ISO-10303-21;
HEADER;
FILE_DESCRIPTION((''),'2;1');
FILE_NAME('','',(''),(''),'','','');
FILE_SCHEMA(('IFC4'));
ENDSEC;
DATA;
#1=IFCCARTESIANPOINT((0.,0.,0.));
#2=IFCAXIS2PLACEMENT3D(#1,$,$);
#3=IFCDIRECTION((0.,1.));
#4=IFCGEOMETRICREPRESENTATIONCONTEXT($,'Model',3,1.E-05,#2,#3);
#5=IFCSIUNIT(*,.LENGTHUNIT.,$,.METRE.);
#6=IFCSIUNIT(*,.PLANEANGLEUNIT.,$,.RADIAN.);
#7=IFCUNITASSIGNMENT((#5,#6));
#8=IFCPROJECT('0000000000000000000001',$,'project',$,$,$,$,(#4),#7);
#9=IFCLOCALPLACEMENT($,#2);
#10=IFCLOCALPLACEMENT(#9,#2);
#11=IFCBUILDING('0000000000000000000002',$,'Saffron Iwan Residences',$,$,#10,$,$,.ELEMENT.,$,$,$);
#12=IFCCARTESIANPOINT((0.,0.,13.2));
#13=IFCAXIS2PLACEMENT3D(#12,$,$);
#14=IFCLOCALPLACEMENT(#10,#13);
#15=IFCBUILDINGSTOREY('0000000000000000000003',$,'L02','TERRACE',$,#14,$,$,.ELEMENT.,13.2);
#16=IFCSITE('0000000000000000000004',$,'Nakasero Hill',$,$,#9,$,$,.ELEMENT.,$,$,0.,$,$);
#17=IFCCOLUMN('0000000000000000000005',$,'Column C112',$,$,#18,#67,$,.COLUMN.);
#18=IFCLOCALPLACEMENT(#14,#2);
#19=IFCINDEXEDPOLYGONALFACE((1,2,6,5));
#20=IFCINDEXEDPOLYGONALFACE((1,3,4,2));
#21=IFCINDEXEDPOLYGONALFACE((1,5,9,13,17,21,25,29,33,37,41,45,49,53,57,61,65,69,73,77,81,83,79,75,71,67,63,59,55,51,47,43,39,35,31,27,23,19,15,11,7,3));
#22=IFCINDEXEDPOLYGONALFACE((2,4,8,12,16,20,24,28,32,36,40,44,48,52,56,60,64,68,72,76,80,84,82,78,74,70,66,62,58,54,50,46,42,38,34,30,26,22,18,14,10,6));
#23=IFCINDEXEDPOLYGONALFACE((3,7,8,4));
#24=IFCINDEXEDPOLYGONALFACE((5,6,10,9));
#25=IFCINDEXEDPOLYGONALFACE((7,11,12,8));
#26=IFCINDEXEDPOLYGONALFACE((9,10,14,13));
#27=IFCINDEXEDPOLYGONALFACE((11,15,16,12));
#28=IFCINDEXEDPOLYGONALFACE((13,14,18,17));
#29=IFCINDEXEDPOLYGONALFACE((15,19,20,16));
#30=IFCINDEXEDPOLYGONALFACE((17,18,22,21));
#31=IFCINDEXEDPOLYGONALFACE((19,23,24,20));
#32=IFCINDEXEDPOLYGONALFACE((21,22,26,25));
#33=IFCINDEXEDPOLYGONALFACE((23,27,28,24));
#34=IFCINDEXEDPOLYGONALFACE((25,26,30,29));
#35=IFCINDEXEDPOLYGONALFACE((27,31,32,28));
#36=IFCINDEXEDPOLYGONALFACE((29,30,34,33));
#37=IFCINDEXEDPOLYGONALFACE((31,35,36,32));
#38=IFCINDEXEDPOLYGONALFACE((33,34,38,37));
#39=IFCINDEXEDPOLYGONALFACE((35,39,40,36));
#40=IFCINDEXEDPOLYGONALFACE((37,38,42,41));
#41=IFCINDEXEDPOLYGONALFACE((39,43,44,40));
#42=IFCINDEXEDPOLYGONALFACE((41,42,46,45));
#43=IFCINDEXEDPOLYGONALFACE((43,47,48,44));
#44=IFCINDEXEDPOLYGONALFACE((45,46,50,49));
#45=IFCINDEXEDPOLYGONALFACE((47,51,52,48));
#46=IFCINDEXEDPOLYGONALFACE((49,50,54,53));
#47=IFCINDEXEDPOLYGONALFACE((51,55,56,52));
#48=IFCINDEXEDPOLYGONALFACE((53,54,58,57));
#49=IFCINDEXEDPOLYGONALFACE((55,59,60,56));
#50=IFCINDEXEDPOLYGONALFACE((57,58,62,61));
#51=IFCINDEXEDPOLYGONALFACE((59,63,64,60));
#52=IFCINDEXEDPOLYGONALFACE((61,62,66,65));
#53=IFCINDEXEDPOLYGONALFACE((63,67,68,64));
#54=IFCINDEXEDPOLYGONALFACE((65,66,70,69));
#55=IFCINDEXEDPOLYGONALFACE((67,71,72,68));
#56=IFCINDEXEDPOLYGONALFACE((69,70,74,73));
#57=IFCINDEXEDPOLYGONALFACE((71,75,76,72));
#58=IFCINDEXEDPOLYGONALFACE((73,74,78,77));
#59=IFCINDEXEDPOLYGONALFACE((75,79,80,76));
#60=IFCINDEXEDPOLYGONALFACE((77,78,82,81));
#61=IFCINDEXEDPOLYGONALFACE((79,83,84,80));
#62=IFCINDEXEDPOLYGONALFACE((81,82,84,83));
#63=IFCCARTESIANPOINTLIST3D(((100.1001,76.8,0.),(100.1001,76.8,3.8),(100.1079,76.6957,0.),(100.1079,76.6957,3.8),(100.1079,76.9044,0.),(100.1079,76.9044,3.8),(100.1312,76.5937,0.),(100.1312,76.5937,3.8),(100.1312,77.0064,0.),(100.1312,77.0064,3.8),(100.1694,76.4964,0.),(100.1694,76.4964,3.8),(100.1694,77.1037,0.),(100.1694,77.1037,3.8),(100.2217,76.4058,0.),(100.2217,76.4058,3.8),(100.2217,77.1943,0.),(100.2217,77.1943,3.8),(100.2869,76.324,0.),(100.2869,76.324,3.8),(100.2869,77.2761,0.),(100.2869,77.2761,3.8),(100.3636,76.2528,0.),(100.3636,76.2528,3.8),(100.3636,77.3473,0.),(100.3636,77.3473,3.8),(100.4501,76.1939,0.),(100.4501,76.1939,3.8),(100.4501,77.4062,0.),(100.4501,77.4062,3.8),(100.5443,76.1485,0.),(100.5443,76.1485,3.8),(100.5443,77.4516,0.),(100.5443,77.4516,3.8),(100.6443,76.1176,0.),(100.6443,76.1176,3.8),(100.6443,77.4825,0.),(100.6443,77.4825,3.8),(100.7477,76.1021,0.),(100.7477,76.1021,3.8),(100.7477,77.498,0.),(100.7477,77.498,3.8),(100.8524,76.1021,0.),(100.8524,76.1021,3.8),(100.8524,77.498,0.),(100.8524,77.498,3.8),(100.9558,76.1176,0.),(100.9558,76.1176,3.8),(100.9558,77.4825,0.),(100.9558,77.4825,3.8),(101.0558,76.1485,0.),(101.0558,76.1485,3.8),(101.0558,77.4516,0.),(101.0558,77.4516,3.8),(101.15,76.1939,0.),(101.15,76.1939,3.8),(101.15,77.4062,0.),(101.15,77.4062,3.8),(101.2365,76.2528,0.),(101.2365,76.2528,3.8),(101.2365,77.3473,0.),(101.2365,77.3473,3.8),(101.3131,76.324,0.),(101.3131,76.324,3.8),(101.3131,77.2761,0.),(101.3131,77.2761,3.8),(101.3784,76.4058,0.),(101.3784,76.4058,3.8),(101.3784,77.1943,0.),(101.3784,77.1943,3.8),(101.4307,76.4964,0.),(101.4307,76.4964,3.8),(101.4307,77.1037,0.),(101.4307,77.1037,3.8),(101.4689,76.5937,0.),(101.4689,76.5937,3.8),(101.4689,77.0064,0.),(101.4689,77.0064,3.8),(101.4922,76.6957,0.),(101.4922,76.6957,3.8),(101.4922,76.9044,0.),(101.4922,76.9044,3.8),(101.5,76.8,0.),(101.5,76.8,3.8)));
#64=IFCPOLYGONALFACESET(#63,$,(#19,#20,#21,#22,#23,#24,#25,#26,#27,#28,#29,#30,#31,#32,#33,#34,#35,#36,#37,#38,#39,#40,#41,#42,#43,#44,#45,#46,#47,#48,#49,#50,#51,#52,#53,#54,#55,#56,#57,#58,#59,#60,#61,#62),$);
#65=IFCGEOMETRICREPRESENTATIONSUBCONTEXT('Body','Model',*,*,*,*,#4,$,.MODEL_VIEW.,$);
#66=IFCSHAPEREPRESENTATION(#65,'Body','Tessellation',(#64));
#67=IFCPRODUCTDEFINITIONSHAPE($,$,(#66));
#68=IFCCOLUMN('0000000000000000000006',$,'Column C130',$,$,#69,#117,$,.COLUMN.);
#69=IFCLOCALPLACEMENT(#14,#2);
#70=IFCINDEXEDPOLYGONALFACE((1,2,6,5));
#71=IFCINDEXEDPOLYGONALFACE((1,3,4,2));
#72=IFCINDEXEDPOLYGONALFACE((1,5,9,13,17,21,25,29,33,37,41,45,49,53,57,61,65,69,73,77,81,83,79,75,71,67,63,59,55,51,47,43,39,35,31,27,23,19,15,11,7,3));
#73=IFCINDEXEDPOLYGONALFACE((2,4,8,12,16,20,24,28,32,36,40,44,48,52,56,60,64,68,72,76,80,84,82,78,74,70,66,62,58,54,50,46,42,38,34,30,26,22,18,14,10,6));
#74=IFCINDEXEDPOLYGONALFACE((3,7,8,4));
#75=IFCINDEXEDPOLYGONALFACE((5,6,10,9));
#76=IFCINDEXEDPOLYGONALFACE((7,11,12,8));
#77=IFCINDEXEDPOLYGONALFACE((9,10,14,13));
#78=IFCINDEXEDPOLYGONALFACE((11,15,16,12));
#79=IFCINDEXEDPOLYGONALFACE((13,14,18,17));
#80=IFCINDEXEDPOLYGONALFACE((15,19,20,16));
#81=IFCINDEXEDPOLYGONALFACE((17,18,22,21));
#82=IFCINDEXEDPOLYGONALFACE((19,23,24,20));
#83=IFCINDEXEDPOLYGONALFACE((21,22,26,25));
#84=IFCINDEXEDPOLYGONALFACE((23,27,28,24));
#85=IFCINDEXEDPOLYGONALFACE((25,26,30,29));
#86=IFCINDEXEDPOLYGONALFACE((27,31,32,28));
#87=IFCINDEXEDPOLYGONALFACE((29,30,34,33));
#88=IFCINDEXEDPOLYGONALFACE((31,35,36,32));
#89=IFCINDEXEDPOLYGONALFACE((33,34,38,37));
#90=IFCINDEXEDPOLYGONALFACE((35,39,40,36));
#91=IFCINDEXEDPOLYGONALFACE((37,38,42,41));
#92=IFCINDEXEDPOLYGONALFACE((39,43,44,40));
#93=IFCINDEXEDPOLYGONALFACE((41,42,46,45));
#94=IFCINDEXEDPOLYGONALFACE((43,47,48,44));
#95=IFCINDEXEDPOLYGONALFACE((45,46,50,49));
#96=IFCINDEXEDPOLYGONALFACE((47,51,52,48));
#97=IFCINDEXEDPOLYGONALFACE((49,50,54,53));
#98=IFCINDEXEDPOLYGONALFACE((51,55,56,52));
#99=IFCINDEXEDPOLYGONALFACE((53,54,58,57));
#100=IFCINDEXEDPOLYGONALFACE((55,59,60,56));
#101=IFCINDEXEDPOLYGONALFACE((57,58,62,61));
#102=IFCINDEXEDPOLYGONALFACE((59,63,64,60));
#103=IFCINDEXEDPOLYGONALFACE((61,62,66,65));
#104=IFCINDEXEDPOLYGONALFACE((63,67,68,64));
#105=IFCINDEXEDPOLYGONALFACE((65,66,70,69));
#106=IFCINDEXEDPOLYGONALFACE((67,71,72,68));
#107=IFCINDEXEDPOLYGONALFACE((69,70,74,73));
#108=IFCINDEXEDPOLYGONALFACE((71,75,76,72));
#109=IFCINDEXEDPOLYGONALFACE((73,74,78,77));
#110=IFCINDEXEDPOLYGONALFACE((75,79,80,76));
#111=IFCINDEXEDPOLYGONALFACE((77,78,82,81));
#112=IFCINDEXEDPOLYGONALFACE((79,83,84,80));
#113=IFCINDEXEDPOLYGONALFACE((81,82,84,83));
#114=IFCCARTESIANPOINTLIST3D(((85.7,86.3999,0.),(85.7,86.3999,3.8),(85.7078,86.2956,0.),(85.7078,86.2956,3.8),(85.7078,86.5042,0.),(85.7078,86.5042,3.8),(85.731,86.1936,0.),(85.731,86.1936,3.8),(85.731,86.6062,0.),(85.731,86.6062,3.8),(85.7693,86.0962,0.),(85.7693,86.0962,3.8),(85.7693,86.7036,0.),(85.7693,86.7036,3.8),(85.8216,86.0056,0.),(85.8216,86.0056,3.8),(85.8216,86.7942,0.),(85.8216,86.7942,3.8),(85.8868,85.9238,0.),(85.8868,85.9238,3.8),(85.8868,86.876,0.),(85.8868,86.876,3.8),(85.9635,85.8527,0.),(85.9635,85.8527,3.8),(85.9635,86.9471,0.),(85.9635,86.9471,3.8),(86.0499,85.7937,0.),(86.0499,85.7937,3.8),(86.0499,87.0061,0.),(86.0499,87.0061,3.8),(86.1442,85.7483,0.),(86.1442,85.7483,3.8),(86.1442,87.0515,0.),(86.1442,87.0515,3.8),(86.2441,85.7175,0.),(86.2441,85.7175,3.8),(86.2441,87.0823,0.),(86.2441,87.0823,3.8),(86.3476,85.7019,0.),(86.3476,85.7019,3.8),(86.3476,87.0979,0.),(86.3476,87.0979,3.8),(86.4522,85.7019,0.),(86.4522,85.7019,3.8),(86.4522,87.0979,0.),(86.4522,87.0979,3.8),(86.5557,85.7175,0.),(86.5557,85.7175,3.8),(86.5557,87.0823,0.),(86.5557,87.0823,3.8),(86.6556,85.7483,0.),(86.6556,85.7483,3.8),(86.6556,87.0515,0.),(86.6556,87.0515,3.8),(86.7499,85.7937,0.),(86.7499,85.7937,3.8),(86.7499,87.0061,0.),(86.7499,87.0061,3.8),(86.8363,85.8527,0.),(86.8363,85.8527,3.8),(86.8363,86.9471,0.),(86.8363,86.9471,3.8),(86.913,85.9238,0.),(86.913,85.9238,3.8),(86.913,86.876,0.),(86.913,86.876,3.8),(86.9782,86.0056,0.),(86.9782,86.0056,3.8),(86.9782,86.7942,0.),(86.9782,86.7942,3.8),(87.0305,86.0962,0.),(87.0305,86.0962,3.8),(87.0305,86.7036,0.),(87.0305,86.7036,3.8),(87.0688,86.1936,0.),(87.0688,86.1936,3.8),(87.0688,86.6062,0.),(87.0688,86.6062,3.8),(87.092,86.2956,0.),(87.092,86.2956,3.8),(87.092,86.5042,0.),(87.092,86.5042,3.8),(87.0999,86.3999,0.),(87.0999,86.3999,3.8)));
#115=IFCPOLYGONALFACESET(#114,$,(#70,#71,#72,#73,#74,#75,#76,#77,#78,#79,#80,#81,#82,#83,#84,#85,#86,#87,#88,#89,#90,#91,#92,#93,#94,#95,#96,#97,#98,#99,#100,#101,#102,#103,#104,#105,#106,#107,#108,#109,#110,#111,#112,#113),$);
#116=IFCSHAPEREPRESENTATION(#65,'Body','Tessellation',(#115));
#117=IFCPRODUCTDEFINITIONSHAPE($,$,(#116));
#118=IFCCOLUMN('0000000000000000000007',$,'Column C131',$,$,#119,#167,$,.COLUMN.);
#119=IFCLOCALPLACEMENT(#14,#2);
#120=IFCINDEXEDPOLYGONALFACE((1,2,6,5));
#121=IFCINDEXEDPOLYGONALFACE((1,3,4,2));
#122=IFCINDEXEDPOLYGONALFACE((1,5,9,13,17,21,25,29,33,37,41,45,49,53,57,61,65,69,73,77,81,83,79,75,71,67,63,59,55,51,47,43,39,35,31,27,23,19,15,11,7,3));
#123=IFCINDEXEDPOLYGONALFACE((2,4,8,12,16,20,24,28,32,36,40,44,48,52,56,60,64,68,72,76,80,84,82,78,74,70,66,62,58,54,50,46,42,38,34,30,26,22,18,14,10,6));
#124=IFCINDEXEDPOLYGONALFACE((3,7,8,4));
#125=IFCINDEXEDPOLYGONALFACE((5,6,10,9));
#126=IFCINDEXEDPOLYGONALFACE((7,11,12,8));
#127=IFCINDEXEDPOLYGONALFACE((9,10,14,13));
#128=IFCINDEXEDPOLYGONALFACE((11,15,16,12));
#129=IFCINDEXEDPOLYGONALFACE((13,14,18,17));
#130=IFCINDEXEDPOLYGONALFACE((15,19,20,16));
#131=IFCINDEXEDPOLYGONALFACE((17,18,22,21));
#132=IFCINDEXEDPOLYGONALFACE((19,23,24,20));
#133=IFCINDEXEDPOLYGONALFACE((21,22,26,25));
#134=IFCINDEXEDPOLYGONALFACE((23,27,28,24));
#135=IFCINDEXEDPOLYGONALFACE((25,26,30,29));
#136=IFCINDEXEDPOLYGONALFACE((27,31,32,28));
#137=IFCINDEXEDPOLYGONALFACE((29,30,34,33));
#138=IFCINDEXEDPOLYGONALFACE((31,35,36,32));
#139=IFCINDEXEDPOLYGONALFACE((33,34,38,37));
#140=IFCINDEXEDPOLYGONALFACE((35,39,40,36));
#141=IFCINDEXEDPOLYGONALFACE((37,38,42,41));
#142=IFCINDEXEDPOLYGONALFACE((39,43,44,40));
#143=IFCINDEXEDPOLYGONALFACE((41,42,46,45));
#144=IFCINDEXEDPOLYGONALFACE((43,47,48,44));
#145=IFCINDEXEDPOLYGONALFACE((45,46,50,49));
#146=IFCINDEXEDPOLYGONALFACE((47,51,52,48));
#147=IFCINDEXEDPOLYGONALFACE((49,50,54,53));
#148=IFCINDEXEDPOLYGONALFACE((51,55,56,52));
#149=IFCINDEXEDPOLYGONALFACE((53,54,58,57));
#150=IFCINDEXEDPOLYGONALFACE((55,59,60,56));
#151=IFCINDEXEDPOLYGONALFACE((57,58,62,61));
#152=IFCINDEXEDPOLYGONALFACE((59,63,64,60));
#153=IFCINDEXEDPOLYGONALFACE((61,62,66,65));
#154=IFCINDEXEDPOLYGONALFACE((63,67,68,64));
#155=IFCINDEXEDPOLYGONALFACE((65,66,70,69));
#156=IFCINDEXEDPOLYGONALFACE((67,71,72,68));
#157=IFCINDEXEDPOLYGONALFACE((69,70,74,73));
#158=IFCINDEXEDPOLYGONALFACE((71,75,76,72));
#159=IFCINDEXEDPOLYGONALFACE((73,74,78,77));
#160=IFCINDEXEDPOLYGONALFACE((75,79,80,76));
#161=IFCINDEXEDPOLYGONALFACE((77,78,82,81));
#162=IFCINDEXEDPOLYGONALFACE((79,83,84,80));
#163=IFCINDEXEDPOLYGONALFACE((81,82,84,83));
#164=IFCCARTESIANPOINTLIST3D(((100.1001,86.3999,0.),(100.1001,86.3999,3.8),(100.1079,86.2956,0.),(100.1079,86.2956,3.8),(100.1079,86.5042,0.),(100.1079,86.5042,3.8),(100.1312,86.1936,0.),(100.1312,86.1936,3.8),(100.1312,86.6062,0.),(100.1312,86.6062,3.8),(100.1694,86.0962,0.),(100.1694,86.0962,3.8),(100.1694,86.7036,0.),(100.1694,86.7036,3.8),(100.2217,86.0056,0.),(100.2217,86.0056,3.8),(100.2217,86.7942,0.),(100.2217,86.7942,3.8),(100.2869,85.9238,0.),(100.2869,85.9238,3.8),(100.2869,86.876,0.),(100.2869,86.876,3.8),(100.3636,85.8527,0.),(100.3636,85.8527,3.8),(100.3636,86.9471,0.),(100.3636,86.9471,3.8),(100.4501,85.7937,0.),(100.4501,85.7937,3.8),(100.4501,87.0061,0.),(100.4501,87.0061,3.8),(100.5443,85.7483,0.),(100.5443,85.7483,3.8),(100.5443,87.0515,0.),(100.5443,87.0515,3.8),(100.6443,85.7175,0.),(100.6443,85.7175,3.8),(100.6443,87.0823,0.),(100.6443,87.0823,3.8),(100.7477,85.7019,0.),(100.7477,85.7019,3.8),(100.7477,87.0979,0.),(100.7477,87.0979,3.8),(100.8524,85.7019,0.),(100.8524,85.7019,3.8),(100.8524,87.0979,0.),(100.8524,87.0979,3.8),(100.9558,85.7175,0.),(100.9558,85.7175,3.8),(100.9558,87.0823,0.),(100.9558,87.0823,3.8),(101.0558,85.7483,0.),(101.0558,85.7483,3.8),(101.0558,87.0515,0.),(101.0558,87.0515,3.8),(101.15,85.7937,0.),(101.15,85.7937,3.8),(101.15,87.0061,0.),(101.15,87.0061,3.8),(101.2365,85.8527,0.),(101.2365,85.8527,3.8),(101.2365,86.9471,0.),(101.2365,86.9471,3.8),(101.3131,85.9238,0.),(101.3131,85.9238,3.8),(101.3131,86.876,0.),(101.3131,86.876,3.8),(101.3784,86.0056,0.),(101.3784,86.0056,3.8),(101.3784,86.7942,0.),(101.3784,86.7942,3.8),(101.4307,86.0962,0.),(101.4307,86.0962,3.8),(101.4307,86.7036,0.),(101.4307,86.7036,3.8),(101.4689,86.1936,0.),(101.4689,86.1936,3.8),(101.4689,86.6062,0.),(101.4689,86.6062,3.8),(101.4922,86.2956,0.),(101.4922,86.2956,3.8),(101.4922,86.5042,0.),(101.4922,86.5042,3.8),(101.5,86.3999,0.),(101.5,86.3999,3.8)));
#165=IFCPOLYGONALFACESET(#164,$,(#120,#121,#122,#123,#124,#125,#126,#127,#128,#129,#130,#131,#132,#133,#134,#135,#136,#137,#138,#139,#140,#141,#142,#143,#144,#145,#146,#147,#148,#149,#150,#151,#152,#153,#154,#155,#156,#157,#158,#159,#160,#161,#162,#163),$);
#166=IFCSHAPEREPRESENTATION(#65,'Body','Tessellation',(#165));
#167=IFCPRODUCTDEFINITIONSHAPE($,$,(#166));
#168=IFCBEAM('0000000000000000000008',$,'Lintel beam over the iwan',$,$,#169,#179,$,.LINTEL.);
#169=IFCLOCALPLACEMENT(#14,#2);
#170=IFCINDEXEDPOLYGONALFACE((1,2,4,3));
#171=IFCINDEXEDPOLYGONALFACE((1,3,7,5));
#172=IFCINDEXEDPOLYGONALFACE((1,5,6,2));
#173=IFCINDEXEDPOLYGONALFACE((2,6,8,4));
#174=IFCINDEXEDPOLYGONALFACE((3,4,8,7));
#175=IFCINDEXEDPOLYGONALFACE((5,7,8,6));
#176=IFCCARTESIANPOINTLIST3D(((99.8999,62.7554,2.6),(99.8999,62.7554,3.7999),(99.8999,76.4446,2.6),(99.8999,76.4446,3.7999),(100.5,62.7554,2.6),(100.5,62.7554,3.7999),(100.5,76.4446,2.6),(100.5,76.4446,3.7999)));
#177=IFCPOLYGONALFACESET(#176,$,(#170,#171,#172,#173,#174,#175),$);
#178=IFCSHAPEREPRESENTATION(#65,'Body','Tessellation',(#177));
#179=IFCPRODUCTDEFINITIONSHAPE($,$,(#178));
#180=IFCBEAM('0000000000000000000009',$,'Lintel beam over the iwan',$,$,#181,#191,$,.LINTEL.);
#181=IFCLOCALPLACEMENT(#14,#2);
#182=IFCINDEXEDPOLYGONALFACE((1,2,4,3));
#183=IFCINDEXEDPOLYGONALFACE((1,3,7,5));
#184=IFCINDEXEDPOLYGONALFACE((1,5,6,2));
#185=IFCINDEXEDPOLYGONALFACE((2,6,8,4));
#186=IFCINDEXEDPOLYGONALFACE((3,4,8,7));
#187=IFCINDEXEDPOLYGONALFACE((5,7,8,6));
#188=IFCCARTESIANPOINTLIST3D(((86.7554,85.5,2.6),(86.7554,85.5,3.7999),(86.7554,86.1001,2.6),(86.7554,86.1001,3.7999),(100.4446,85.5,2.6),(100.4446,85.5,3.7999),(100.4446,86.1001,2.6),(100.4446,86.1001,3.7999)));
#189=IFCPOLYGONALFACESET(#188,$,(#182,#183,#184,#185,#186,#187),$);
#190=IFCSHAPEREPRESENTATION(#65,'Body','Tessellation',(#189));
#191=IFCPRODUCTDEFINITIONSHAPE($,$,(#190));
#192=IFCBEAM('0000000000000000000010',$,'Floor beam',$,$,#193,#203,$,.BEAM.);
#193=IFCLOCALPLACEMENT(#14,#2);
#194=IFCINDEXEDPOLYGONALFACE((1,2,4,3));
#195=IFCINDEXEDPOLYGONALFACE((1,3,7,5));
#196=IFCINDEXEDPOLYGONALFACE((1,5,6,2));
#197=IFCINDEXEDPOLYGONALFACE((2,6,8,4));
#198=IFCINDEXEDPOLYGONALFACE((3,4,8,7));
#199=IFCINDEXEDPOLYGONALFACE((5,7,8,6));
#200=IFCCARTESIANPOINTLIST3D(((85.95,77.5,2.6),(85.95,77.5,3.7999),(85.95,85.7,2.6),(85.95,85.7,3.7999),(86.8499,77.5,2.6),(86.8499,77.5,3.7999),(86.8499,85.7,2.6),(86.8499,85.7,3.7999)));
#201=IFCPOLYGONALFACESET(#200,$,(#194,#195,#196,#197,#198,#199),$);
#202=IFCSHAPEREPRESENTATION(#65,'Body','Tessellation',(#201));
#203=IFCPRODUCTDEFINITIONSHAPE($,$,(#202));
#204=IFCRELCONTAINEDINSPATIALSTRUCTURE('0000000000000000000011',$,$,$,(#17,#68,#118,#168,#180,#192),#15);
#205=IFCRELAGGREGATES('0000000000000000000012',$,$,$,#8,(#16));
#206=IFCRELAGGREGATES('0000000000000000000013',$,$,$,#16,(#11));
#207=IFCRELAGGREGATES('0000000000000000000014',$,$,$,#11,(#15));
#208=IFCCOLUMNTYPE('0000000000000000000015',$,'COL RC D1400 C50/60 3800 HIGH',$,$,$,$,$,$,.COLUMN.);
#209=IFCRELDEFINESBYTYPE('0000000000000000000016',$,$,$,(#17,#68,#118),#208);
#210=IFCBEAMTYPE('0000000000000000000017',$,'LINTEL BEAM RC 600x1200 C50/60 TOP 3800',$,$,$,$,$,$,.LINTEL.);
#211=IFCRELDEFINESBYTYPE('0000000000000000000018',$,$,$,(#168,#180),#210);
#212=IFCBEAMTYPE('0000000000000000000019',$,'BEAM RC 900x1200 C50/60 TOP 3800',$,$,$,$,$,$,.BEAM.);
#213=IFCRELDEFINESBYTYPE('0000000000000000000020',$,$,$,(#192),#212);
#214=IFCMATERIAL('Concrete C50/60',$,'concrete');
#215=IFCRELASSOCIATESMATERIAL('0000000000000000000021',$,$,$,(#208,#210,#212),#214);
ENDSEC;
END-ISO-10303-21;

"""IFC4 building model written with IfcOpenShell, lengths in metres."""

from ifc_helpers import new_model, si_unit, direction, frame, origin, origin_2d, place, context, subcontext, project, spatial, rectangle, circle, extrude, source, transform, mapped, material, material_profile, profile_set, type_object, element, save


model = new_model("IFC4")

# Units and contexts
model_context = context("Model", 3, precision=1e-05, world=origin(), true_north=direction((0.0, 1.0)))
body_context = subcontext(model_context, "Body", "Model", "MODEL_VIEW")
ifc_project = project(units=[si_unit("LENGTHUNIT", "METRE"), si_unit("PLANEANGLEUNIT", "RADIAN")], contexts=[model_context])

# Site, building, storey
site_placement = place(None, origin())
site = spatial("IfcSite", under=ifc_project, at=site_placement, Name="Nakasero Hill", CompositionType="ELEMENT", RefElevation=0.0)
building_placement = place(site_placement, origin())
building = spatial("IfcBuilding", under=site, at=building_placement, Name="Saffron Iwan Residences", CompositionType="ELEMENT")
storey_placement = place(building_placement, frame((0.0, 0.0, 13.2)))
storey = spatial("IfcBuildingStorey", under=building, at=storey_placement, Name="L02", Description="TERRACE", CompositionType="ELEMENT", Elevation=13.2)

# Columns
ifc_material_1 = material(Name="Concrete C50/60", Category="concrete")
ifc_material_profile_1 = material_profile(ifc_material_1, circle(Radius=0.7, at=origin_2d()), Name="RC D1400")
ifc_profile_set_1 = profile_set([ifc_material_profile_1], Name="Concrete C50/60")
column_type = type_object("IfcColumnType", Name="COL RC D1400 C50/60 3800 HIGH", PredefinedType="COLUMN", material=ifc_profile_set_1)
shared_shape_1 = source(origin(), body_context, "Body", "SweptSolid", [
    extrude(circle(Radius=0.7, at=origin_2d()), origin(), (0.0, 0.0, 1.0), 3.8),
])
for number, where, z_axis, x_axis, name in (
    (1, (100.8, 76.8, 0.0), (0.0, 0.0, 1.0), (1.0, 0.0, 0.0), "Column C112"),
    (2, (86.3999, 86.3999, 0.0), (0.0, 0.0, 1.0), (1.0, 0.0, 0.0), "Column C130"),
    (3, (100.8, 86.3999, 0.0), (0.0, 0.0, 1.0), (1.0, 0.0, 0.0), "Column C131"),
):
    element("IfcColumn", number, at=place(storey_placement, frame(where, z_axis=z_axis, x_axis=x_axis)), inside=storey, type_object=column_type, Name=name, PredefinedType="COLUMN", context=body_context, shape_type="MappedRepresentation", body=[
        mapped(shared_shape_1, transform((0.0, 0.0, 0.0))),
    ])

# Beams
ifc_material_profile_2 = material_profile(ifc_material_1, rectangle(XDim=0.6001, YDim=1.2, at=origin_2d()), Name="RC 600x1200")
ifc_profile_set_2 = profile_set([ifc_material_profile_2], Name="Concrete C50/60")
beam_type_1 = type_object("IfcBeamType", Name="LINTEL BEAM RC 600x1200 C50/60 TOP 3800", PredefinedType="LINTEL", material=ifc_profile_set_2)
shared_shape_2 = source(origin(), body_context, "Body", "SweptSolid", [
    extrude(rectangle(XDim=0.6001, YDim=1.2, at=origin_2d()), origin(), (0.0, 0.0, 1.0), 13.6892),
])
for number, where, z_axis, x_axis, name in (
    (4, (100.2, 76.4446, 3.2), (0.0, -1.0, 0.0), (1.0, 0.0, 0.0), "Lintel beam over the iwan"),
    (5, (86.7554, 85.8, 3.2), (1.0, 0.0, 0.0), (0.0, 1.0, 0.0), "Lintel beam over the iwan"),
):
    element("IfcBeam", number, at=place(storey_placement, frame(where, z_axis=z_axis, x_axis=x_axis)), inside=storey, type_object=beam_type_1, Name=name, PredefinedType="LINTEL", context=body_context, shape_type="MappedRepresentation", body=[
        mapped(shared_shape_2, transform((0.0, 0.0, 0.0))),
    ])
ifc_material_profile_3 = material_profile(ifc_material_1, rectangle(XDim=0.8999, YDim=1.2, at=origin_2d()), Name="RC 900x1200")
ifc_profile_set_3 = profile_set([ifc_material_profile_3], Name="Concrete C50/60")
beam_type_2 = type_object("IfcBeamType", Name="BEAM RC 900x1200 C50/60 TOP 3800", PredefinedType="BEAM", material=ifc_profile_set_3)
shared_shape_3 = source(origin(), body_context, "Body", "SweptSolid", [
    extrude(rectangle(XDim=0.8999, YDim=1.2, at=origin_2d()), origin(), (0.0, 0.0, 1.0), 8.2),
])
beam_placement = place(storey_placement, frame((86.3999, 77.5, 3.2), z_axis=(0.0, 1.0, 0.0), x_axis=(-1.0, 0.0, 0.0)))
element("IfcBeam", 6, at=beam_placement, inside=storey, type_object=beam_type_2, Name="Floor beam", PredefinedType="BEAM", context=body_context, shape_type="MappedRepresentation", body=[
    mapped(shared_shape_3, transform((0.0, 0.0, 0.0))),
])

save(model, "model.ifc")
